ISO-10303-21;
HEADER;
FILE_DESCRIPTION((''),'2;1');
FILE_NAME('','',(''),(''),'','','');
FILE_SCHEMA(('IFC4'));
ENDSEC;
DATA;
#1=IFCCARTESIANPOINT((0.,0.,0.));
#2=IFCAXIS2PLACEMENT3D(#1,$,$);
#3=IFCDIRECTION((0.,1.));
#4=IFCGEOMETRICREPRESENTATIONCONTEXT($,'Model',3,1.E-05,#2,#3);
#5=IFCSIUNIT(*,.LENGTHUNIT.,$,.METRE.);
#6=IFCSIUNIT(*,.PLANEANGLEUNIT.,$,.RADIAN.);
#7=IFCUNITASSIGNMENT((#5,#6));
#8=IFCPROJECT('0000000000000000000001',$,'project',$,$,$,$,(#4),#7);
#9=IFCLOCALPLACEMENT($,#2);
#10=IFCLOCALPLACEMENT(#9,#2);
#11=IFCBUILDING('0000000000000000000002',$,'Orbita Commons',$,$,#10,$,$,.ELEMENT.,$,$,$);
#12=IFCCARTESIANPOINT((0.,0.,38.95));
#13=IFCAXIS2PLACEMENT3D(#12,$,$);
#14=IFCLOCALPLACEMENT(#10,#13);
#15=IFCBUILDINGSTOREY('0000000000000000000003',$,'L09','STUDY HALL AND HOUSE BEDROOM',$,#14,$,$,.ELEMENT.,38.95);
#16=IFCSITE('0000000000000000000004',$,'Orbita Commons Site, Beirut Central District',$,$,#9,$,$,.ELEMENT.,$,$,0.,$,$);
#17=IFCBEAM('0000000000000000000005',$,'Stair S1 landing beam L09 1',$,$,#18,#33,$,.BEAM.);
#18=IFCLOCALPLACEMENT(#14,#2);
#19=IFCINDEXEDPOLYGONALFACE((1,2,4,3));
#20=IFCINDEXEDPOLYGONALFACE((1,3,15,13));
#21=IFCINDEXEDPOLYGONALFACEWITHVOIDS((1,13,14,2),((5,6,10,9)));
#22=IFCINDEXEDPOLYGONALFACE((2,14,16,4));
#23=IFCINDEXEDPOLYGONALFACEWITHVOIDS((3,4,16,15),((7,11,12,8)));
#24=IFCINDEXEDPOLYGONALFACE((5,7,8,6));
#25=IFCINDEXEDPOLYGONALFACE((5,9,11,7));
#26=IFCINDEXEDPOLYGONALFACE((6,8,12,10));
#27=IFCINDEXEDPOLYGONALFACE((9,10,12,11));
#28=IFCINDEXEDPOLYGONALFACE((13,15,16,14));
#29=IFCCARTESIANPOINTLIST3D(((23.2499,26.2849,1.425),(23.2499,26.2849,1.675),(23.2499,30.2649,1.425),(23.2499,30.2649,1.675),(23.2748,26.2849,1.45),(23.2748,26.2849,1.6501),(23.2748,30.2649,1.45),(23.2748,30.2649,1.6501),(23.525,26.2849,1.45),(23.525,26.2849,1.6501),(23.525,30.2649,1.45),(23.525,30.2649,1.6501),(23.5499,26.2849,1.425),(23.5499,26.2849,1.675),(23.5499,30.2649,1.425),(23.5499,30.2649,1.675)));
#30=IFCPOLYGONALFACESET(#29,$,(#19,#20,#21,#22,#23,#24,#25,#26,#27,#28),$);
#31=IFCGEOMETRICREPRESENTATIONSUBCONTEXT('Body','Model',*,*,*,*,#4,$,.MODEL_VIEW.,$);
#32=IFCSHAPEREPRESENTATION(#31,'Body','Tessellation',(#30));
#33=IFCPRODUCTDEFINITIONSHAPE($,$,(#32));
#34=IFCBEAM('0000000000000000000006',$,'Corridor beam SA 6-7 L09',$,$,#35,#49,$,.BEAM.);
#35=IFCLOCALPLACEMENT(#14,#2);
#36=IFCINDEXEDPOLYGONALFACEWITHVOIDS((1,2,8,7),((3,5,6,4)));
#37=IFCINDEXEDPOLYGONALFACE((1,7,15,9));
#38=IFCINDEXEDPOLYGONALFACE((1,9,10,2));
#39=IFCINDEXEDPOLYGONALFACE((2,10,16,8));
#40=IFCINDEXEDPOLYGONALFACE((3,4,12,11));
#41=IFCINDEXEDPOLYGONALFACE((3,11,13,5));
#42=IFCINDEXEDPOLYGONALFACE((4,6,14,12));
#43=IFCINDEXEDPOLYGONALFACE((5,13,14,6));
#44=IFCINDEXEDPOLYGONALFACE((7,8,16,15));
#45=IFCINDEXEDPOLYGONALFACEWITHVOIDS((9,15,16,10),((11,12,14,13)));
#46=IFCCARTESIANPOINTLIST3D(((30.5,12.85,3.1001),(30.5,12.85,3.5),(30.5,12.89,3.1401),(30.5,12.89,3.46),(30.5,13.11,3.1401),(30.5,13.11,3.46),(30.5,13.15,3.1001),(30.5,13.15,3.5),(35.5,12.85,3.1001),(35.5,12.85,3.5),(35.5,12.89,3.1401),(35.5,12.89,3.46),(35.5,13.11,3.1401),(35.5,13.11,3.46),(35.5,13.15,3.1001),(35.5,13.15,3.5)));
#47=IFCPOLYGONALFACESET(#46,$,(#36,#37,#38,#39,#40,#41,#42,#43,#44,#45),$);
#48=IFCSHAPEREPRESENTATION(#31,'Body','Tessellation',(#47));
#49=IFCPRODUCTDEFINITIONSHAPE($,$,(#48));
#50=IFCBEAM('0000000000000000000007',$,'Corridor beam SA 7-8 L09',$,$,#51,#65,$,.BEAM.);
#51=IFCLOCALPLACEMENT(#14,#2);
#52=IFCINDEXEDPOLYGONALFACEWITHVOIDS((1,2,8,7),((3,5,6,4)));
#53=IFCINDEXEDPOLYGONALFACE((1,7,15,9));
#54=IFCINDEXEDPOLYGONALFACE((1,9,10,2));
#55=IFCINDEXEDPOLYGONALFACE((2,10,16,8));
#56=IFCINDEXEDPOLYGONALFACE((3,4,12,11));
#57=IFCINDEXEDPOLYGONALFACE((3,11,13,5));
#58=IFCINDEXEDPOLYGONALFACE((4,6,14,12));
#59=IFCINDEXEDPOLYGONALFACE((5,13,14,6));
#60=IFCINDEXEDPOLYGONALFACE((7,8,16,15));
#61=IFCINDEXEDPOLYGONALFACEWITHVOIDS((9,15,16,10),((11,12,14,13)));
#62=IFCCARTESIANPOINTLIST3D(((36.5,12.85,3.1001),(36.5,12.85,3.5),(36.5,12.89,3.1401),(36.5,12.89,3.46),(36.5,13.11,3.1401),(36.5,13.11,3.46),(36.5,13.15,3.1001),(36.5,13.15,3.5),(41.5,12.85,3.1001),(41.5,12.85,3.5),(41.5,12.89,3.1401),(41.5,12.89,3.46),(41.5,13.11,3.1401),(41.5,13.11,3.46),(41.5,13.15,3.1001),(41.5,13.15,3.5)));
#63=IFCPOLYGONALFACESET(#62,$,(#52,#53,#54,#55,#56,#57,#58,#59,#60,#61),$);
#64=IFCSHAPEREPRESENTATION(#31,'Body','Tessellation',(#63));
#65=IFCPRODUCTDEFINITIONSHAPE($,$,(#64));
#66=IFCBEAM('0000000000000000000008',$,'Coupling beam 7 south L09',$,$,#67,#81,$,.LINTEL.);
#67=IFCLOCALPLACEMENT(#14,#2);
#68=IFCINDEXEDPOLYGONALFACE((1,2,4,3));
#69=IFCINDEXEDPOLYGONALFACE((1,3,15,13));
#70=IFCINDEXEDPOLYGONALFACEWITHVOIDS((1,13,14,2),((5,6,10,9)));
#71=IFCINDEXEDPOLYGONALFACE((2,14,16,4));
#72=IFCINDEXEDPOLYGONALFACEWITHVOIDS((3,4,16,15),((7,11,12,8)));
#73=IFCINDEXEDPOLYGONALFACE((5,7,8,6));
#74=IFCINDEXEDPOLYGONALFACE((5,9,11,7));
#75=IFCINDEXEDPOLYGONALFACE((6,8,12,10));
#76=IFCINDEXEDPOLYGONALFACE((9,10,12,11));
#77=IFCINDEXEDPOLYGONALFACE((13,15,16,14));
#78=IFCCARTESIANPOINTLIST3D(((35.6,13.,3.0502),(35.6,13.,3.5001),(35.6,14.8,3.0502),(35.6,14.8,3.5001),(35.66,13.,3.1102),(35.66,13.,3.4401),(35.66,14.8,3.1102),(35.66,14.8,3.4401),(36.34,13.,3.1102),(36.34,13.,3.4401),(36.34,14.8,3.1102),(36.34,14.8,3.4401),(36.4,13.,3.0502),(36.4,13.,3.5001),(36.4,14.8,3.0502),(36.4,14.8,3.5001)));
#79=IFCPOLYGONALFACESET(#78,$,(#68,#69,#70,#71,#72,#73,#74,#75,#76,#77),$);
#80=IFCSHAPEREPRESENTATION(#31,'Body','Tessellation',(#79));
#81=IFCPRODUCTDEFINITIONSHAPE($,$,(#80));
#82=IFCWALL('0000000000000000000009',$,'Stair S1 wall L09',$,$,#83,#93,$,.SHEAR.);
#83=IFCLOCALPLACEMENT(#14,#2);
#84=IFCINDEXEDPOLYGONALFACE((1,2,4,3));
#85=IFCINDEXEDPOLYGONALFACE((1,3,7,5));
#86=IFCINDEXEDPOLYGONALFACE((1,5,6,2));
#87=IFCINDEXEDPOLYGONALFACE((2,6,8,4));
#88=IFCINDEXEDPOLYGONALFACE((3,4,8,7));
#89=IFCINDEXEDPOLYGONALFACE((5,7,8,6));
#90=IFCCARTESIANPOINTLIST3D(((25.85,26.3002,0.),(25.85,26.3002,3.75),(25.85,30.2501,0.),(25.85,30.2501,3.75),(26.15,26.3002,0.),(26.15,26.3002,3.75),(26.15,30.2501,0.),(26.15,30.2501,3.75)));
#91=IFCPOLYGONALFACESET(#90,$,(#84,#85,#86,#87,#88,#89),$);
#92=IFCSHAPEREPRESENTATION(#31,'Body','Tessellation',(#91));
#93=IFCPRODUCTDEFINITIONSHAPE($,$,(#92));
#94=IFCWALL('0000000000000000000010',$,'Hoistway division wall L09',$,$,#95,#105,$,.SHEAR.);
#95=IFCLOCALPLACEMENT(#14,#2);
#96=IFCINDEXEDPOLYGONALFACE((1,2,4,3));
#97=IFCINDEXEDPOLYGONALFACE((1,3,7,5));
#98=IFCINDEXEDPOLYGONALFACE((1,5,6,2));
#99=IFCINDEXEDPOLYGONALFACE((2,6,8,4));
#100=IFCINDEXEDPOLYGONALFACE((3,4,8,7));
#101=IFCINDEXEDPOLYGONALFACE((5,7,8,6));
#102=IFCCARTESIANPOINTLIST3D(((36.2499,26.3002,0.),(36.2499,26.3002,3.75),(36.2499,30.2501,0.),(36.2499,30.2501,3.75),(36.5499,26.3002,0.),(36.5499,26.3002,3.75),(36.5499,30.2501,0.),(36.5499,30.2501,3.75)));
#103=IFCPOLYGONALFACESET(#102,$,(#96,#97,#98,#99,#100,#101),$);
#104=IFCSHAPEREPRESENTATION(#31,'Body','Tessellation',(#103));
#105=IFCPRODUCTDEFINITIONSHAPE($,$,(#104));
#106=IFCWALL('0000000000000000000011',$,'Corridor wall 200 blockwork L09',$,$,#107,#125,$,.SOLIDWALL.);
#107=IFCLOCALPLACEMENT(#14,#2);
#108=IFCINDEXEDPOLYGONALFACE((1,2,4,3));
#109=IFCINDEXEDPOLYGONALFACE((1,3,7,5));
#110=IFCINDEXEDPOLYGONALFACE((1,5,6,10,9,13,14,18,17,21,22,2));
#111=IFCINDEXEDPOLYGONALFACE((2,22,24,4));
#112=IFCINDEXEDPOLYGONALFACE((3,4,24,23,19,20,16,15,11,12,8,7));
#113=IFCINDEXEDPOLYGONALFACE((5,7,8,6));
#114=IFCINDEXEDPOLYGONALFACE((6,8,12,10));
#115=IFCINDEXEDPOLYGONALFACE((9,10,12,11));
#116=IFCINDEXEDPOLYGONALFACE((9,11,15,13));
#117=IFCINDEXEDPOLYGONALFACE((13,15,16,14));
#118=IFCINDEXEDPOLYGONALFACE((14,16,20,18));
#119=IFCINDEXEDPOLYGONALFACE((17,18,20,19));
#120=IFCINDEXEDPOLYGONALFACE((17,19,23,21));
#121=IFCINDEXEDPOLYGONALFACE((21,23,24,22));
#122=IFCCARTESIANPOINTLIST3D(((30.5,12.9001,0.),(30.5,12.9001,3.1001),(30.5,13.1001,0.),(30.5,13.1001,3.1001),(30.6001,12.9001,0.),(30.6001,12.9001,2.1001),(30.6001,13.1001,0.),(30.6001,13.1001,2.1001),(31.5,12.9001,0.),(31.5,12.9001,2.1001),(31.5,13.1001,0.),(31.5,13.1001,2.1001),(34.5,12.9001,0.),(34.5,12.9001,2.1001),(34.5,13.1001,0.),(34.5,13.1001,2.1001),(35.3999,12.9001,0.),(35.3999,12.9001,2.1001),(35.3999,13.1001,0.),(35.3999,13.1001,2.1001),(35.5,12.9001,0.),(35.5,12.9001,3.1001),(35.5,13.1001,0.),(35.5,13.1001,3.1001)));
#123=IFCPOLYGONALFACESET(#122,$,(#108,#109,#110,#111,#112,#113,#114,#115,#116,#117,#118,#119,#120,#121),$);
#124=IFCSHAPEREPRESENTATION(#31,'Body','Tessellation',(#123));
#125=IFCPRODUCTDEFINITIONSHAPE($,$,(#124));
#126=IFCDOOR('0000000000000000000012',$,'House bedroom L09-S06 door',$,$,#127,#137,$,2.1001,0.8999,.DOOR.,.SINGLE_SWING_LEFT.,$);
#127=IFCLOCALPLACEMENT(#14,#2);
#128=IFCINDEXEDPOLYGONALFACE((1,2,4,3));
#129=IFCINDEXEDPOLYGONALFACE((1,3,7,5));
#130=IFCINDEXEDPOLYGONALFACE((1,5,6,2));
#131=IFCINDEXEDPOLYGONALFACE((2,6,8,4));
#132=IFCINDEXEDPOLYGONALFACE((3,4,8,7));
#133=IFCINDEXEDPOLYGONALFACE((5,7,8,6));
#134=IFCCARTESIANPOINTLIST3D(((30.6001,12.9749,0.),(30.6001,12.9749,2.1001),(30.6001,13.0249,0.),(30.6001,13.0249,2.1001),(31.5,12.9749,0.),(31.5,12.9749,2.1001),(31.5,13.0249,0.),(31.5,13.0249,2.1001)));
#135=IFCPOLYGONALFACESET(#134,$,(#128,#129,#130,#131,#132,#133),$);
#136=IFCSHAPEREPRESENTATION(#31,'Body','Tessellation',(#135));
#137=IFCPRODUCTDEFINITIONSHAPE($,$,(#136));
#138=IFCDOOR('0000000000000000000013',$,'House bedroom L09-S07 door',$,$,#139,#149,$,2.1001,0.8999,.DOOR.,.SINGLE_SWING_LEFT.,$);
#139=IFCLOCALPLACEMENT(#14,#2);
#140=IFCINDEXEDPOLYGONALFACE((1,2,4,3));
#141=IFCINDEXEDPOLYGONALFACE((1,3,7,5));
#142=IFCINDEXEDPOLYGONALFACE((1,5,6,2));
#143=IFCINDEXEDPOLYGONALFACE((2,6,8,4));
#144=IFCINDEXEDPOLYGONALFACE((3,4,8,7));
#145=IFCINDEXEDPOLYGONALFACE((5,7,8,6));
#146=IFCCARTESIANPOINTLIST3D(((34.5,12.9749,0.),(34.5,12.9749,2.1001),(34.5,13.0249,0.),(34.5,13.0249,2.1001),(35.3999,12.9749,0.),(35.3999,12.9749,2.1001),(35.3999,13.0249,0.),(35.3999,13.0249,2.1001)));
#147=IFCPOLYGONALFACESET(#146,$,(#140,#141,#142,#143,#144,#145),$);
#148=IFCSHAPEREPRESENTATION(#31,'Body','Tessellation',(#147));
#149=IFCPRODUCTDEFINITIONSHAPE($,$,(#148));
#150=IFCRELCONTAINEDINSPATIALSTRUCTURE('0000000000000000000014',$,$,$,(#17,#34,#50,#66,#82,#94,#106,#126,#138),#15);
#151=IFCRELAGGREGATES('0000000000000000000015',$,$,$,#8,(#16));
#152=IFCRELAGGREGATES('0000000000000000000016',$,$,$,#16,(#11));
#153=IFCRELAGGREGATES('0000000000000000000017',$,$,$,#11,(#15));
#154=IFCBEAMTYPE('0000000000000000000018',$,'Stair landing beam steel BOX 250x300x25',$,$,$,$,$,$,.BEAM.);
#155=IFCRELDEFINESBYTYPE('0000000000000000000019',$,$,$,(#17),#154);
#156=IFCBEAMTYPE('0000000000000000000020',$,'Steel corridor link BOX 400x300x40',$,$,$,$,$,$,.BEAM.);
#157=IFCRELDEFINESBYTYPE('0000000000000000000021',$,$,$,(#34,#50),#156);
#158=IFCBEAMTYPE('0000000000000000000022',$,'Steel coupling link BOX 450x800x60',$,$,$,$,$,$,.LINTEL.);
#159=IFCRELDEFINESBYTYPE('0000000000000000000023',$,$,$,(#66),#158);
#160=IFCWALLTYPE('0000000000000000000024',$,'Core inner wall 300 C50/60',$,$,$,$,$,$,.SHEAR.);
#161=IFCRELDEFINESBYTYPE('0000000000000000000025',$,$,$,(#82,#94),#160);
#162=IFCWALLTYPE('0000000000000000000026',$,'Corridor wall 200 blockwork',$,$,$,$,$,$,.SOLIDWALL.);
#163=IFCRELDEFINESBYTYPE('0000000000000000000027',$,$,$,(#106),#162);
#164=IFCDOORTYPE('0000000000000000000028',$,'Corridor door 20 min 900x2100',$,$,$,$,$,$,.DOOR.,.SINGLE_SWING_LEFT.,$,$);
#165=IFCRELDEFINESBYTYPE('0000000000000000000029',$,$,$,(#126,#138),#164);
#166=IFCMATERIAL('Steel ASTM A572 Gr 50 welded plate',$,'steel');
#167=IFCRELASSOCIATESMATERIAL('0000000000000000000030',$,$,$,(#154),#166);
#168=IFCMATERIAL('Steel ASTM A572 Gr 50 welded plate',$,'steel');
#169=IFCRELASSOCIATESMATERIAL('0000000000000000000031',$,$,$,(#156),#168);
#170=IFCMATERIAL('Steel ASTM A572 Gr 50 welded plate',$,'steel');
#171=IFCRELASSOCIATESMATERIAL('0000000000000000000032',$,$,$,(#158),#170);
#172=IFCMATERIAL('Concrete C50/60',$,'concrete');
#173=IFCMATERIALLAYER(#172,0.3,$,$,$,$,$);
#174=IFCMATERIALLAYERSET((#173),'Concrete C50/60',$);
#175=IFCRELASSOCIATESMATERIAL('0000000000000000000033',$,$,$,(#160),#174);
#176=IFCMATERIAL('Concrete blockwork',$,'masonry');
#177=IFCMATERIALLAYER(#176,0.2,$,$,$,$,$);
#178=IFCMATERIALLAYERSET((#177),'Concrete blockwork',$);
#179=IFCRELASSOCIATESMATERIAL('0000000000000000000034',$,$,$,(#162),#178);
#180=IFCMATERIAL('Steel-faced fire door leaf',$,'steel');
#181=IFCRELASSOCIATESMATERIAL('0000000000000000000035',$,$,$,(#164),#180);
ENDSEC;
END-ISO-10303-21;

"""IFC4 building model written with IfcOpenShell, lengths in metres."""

from ifc_helpers import new_model, si_unit, direction, frame, frame_2d, origin, origin_2d, place, context, subcontext, project, spatial, polyline, rectangle, hollow_rectangle, outline, extrude, material, layer, layer_set, material_profile, profile_set, type_object, element, fill, save


model = new_model("IFC4")

# Units and contexts
model_context = context("Model", 3, precision=1e-05, world=origin(), true_north=direction((0.0, 1.0)))
body_context = subcontext(model_context, "Body", "Model", "MODEL_VIEW")
ifc_project = project(units=[si_unit("LENGTHUNIT", "METRE"), si_unit("PLANEANGLEUNIT", "RADIAN")], contexts=[model_context])

# Site, building, storey
site_placement = place(None, origin())
site = spatial("IfcSite", under=ifc_project, at=site_placement, Name="Orbita Commons Site, Beirut Central District", CompositionType="ELEMENT", RefElevation=0.0)
building_placement = place(site_placement, origin())
building = spatial("IfcBuilding", under=site, at=building_placement, Name="Orbita Commons", CompositionType="ELEMENT")
storey_placement = place(building_placement, frame((0.0, 0.0, 38.95)))
storey = spatial("IfcBuildingStorey", under=building, at=storey_placement, Name="L09", Description="STUDY HALL AND HOUSE BEDROOM", CompositionType="ELEMENT", Elevation=38.95)

# Beams
ifc_material_1 = material(Name="Steel ASTM A572 Gr 50 welded plate", Category="steel")
ifc_material_profile_1 = material_profile(ifc_material_1, hollow_rectangle(XDim=0.3, YDim=0.25, WallThickness=0.0249, at=origin_2d()), Name="BOX 250x300x25")
ifc_profile_set_1 = profile_set([ifc_material_profile_1], Name="Steel ASTM A572 Gr 50 welded plate")
beam_type_1 = type_object("IfcBeamType", Name="Stair landing beam steel BOX 250x300x25", PredefinedType="BEAM", material=ifc_profile_set_1)
beam_1_placement = place(storey_placement, frame((23.3999, 26.2849, 1.55), z_axis=(0.0, 1.0, 0.0), x_axis=(-1.0, 0.0, 0.0)))
element("IfcBeam", 1, at=beam_1_placement, inside=storey, type_object=beam_type_1, Name="Stair S1 landing beam L09 1", PredefinedType="BEAM", context=body_context, shape_type="SweptSolid", body=[
    extrude(hollow_rectangle(XDim=0.3, YDim=0.25, WallThickness=0.0249, at=origin_2d()), origin(), (0.0, 0.0, 1.0), 3.98),
])
ifc_material_2 = material(Name="Steel ASTM A572 Gr 50 welded plate", Category="steel")
ifc_material_profile_2 = material_profile(ifc_material_2, hollow_rectangle(XDim=0.3, YDim=0.3999, WallThickness=0.04, at=origin_2d()), Name="BOX 400x300x40")
ifc_profile_set_2 = profile_set([ifc_material_profile_2], Name="Steel ASTM A572 Gr 50 welded plate")
beam_type_2 = type_object("IfcBeamType", Name="Steel corridor link BOX 400x300x40", PredefinedType="BEAM", material=ifc_profile_set_2)
for number, where, z_axis, x_axis, name in (
    (2, (30.5, 13.0, 3.3), (1.0, 0.0, 0.0), (0.0, 1.0, 0.0), "Corridor beam SA 6-7 L09"),
    (3, (36.5, 13.0, 3.3), (1.0, 0.0, 0.0), (0.0, 1.0, 0.0), "Corridor beam SA 7-8 L09"),
):
    element("IfcBeam", number, at=place(storey_placement, frame(where, z_axis=z_axis, x_axis=x_axis)), inside=storey, type_object=beam_type_2, Name=name, PredefinedType="BEAM", context=body_context, shape_type="SweptSolid", body=[
        extrude(hollow_rectangle(XDim=0.3, YDim=0.3999, WallThickness=0.04, at=origin_2d()), origin(), (0.0, 0.0, 1.0), 5.0),
    ])
ifc_material_3 = material(Name="Steel ASTM A572 Gr 50 welded plate", Category="steel")
ifc_material_profile_3 = material_profile(ifc_material_3, hollow_rectangle(XDim=0.8, YDim=0.45, WallThickness=0.0601, at=origin_2d()), Name="BOX 450x800x60")
ifc_profile_set_3 = profile_set([ifc_material_profile_3], Name="Steel ASTM A572 Gr 50 welded plate")
beam_type_3 = type_object("IfcBeamType", Name="Steel coupling link BOX 450x800x60", PredefinedType="LINTEL", material=ifc_profile_set_3)
beam_2_placement = place(storey_placement, frame((36.0, 13.0, 3.2751), z_axis=(0.0, 1.0, 0.0), x_axis=(-1.0, 0.0, 0.0)))
element("IfcBeam", 4, at=beam_2_placement, inside=storey, type_object=beam_type_3, Name="Coupling beam 7 south L09", PredefinedType="LINTEL", context=body_context, shape_type="SweptSolid", body=[
    extrude(hollow_rectangle(XDim=0.8, YDim=0.45, WallThickness=0.0601, at=origin_2d()), origin(), (0.0, 0.0, 1.0), 1.8),
])

# Walls
ifc_material_4 = material(Name="Concrete C50/60", Category="concrete")
ifc_layer_1 = layer(ifc_material_4, 0.3)
ifc_layer_set_1 = layer_set([ifc_layer_1], Name="Concrete C50/60")
wall_type_1 = type_object("IfcWallType", Name="Core inner wall 300 C50/60", PredefinedType="SHEAR", material=ifc_layer_set_1)
for number, where, z_axis, x_axis, name in (
    (5, (26.0, 26.3, 0.0), (0.0, 0.0, 1.0), (0.0, 1.0, 0.0), "Stair S1 wall L09"),
    (6, (36.3999, 26.3, 0.0), (0.0, 0.0, 1.0), (0.0, 1.0, 0.0), "Hoistway division wall L09"),
):
    element("IfcWall", number, at=place(storey_placement, frame(where, z_axis=z_axis, x_axis=x_axis)), inside=storey, type_object=wall_type_1, Name=name, PredefinedType="SHEAR", context=body_context, shape_type="SweptSolid", body=[
        extrude(rectangle(XDim=3.95, YDim=0.3, at=frame_2d((1.9751, 0.0))), origin(), (0.0, 0.0, 1.0), 3.75),
    ])

# Wall, openings, doors
ifc_material_5 = material(Name="Concrete blockwork", Category="masonry")
ifc_layer_2 = layer(ifc_material_5, 0.2)
ifc_layer_set_2 = layer_set([ifc_layer_2], Name="Concrete blockwork")
wall_type_2 = type_object("IfcWallType", Name="Corridor wall 200 blockwork", PredefinedType="SOLIDWALL", material=ifc_layer_set_2)
wall_1_placement = place(storey_placement, frame((30.5, 13.0, 0.0), z_axis=(0.0, 0.0, 1.0), x_axis=(1.0, 0.0, 0.0)))
wall_1 = element("IfcWall", 7, at=wall_1_placement, inside=storey, type_object=wall_type_2, Name="Corridor wall 200 blockwork L09", PredefinedType="SOLIDWALL", context=body_context, shape_type="SweptSolid", body=[
    extrude(outline(polyline([(0.0, 0.0), (5.0, 0.0), (5.0, 3.1001), (0.0, 3.1001), (0.0, 0.0)])), frame((0.0, 0.1001, 0.0), z_axis=(0.0, -1.0, 0.0), x_axis=(1.0, 0.0, 0.0)), (0.0, 0.0, 1.0), 0.2),
])
opening_1_placement = place(wall_1_placement, frame((0.1001, 0.0, 0.0)))
opening_1 = element("IfcOpeningElement", 8, at=opening_1_placement, cuts=wall_1, PredefinedType="OPENING", context=body_context, shape_type="SweptSolid", body=[
    extrude(rectangle(XDim=0.8999, YDim=2.1001, at=frame_2d((0.45, 1.05))), frame((0.0, 0.1099, 0.0), z_axis=(0.0, -1.0, 0.0), x_axis=(1.0, 0.0, 0.0)), (0.0, 0.0, 1.0), 0.22),
])
opening_2_placement = place(wall_1_placement, frame((4.0, 0.0, 0.0)))
opening_2 = element("IfcOpeningElement", 9, at=opening_2_placement, cuts=wall_1, PredefinedType="OPENING", context=body_context, shape_type="SweptSolid", body=[
    extrude(rectangle(XDim=0.8999, YDim=2.1001, at=frame_2d((0.45, 1.05))), frame((0.0, 0.1099, 0.0), z_axis=(0.0, -1.0, 0.0), x_axis=(1.0, 0.0, 0.0)), (0.0, 0.0, 1.0), 0.22),
])
ifc_material_6 = material(Name="Steel-faced fire door leaf", Category="steel")
door_type_1 = type_object("IfcDoorType", Name="Corridor door 20 min 900x2100", OperationType="SINGLE_SWING_LEFT", PredefinedType="DOOR", material=ifc_material_6)
door_1_placement = place(opening_1_placement, origin())
door_1 = element("IfcDoor", 10, at=door_1_placement, inside=storey, type_object=door_type_1, Name="House bedroom L09-S06 door", OperationType="SINGLE_SWING_LEFT", OverallHeight=2.1001, OverallWidth=0.8999, PredefinedType="DOOR", context=body_context, shape_type="SweptSolid", body=[
    extrude(rectangle(XDim=0.8999, YDim=2.1001, at=frame_2d((0.45, 1.05))), frame((0.0, 0.0249, 0.0), z_axis=(0.0, -1.0, 0.0), x_axis=(1.0, 0.0, 0.0)), (0.0, 0.0, 1.0), 0.05),
])
fill(opening_1, door_1)
door_2_placement = place(opening_2_placement, origin())
door_2 = element("IfcDoor", 11, at=door_2_placement, inside=storey, type_object=door_type_1, Name="House bedroom L09-S07 door", OperationType="SINGLE_SWING_LEFT", OverallHeight=2.1001, OverallWidth=0.8999, PredefinedType="DOOR", context=body_context, shape_type="SweptSolid", body=[
    extrude(rectangle(XDim=0.8999, YDim=2.1001, at=frame_2d((0.45, 1.05))), frame((0.0, 0.0249, 0.0), z_axis=(0.0, -1.0, 0.0), x_axis=(1.0, 0.0, 0.0)), (0.0, 0.0, 1.0), 0.05),
])
fill(opening_2, door_2)

save(model, "model.ifc")
